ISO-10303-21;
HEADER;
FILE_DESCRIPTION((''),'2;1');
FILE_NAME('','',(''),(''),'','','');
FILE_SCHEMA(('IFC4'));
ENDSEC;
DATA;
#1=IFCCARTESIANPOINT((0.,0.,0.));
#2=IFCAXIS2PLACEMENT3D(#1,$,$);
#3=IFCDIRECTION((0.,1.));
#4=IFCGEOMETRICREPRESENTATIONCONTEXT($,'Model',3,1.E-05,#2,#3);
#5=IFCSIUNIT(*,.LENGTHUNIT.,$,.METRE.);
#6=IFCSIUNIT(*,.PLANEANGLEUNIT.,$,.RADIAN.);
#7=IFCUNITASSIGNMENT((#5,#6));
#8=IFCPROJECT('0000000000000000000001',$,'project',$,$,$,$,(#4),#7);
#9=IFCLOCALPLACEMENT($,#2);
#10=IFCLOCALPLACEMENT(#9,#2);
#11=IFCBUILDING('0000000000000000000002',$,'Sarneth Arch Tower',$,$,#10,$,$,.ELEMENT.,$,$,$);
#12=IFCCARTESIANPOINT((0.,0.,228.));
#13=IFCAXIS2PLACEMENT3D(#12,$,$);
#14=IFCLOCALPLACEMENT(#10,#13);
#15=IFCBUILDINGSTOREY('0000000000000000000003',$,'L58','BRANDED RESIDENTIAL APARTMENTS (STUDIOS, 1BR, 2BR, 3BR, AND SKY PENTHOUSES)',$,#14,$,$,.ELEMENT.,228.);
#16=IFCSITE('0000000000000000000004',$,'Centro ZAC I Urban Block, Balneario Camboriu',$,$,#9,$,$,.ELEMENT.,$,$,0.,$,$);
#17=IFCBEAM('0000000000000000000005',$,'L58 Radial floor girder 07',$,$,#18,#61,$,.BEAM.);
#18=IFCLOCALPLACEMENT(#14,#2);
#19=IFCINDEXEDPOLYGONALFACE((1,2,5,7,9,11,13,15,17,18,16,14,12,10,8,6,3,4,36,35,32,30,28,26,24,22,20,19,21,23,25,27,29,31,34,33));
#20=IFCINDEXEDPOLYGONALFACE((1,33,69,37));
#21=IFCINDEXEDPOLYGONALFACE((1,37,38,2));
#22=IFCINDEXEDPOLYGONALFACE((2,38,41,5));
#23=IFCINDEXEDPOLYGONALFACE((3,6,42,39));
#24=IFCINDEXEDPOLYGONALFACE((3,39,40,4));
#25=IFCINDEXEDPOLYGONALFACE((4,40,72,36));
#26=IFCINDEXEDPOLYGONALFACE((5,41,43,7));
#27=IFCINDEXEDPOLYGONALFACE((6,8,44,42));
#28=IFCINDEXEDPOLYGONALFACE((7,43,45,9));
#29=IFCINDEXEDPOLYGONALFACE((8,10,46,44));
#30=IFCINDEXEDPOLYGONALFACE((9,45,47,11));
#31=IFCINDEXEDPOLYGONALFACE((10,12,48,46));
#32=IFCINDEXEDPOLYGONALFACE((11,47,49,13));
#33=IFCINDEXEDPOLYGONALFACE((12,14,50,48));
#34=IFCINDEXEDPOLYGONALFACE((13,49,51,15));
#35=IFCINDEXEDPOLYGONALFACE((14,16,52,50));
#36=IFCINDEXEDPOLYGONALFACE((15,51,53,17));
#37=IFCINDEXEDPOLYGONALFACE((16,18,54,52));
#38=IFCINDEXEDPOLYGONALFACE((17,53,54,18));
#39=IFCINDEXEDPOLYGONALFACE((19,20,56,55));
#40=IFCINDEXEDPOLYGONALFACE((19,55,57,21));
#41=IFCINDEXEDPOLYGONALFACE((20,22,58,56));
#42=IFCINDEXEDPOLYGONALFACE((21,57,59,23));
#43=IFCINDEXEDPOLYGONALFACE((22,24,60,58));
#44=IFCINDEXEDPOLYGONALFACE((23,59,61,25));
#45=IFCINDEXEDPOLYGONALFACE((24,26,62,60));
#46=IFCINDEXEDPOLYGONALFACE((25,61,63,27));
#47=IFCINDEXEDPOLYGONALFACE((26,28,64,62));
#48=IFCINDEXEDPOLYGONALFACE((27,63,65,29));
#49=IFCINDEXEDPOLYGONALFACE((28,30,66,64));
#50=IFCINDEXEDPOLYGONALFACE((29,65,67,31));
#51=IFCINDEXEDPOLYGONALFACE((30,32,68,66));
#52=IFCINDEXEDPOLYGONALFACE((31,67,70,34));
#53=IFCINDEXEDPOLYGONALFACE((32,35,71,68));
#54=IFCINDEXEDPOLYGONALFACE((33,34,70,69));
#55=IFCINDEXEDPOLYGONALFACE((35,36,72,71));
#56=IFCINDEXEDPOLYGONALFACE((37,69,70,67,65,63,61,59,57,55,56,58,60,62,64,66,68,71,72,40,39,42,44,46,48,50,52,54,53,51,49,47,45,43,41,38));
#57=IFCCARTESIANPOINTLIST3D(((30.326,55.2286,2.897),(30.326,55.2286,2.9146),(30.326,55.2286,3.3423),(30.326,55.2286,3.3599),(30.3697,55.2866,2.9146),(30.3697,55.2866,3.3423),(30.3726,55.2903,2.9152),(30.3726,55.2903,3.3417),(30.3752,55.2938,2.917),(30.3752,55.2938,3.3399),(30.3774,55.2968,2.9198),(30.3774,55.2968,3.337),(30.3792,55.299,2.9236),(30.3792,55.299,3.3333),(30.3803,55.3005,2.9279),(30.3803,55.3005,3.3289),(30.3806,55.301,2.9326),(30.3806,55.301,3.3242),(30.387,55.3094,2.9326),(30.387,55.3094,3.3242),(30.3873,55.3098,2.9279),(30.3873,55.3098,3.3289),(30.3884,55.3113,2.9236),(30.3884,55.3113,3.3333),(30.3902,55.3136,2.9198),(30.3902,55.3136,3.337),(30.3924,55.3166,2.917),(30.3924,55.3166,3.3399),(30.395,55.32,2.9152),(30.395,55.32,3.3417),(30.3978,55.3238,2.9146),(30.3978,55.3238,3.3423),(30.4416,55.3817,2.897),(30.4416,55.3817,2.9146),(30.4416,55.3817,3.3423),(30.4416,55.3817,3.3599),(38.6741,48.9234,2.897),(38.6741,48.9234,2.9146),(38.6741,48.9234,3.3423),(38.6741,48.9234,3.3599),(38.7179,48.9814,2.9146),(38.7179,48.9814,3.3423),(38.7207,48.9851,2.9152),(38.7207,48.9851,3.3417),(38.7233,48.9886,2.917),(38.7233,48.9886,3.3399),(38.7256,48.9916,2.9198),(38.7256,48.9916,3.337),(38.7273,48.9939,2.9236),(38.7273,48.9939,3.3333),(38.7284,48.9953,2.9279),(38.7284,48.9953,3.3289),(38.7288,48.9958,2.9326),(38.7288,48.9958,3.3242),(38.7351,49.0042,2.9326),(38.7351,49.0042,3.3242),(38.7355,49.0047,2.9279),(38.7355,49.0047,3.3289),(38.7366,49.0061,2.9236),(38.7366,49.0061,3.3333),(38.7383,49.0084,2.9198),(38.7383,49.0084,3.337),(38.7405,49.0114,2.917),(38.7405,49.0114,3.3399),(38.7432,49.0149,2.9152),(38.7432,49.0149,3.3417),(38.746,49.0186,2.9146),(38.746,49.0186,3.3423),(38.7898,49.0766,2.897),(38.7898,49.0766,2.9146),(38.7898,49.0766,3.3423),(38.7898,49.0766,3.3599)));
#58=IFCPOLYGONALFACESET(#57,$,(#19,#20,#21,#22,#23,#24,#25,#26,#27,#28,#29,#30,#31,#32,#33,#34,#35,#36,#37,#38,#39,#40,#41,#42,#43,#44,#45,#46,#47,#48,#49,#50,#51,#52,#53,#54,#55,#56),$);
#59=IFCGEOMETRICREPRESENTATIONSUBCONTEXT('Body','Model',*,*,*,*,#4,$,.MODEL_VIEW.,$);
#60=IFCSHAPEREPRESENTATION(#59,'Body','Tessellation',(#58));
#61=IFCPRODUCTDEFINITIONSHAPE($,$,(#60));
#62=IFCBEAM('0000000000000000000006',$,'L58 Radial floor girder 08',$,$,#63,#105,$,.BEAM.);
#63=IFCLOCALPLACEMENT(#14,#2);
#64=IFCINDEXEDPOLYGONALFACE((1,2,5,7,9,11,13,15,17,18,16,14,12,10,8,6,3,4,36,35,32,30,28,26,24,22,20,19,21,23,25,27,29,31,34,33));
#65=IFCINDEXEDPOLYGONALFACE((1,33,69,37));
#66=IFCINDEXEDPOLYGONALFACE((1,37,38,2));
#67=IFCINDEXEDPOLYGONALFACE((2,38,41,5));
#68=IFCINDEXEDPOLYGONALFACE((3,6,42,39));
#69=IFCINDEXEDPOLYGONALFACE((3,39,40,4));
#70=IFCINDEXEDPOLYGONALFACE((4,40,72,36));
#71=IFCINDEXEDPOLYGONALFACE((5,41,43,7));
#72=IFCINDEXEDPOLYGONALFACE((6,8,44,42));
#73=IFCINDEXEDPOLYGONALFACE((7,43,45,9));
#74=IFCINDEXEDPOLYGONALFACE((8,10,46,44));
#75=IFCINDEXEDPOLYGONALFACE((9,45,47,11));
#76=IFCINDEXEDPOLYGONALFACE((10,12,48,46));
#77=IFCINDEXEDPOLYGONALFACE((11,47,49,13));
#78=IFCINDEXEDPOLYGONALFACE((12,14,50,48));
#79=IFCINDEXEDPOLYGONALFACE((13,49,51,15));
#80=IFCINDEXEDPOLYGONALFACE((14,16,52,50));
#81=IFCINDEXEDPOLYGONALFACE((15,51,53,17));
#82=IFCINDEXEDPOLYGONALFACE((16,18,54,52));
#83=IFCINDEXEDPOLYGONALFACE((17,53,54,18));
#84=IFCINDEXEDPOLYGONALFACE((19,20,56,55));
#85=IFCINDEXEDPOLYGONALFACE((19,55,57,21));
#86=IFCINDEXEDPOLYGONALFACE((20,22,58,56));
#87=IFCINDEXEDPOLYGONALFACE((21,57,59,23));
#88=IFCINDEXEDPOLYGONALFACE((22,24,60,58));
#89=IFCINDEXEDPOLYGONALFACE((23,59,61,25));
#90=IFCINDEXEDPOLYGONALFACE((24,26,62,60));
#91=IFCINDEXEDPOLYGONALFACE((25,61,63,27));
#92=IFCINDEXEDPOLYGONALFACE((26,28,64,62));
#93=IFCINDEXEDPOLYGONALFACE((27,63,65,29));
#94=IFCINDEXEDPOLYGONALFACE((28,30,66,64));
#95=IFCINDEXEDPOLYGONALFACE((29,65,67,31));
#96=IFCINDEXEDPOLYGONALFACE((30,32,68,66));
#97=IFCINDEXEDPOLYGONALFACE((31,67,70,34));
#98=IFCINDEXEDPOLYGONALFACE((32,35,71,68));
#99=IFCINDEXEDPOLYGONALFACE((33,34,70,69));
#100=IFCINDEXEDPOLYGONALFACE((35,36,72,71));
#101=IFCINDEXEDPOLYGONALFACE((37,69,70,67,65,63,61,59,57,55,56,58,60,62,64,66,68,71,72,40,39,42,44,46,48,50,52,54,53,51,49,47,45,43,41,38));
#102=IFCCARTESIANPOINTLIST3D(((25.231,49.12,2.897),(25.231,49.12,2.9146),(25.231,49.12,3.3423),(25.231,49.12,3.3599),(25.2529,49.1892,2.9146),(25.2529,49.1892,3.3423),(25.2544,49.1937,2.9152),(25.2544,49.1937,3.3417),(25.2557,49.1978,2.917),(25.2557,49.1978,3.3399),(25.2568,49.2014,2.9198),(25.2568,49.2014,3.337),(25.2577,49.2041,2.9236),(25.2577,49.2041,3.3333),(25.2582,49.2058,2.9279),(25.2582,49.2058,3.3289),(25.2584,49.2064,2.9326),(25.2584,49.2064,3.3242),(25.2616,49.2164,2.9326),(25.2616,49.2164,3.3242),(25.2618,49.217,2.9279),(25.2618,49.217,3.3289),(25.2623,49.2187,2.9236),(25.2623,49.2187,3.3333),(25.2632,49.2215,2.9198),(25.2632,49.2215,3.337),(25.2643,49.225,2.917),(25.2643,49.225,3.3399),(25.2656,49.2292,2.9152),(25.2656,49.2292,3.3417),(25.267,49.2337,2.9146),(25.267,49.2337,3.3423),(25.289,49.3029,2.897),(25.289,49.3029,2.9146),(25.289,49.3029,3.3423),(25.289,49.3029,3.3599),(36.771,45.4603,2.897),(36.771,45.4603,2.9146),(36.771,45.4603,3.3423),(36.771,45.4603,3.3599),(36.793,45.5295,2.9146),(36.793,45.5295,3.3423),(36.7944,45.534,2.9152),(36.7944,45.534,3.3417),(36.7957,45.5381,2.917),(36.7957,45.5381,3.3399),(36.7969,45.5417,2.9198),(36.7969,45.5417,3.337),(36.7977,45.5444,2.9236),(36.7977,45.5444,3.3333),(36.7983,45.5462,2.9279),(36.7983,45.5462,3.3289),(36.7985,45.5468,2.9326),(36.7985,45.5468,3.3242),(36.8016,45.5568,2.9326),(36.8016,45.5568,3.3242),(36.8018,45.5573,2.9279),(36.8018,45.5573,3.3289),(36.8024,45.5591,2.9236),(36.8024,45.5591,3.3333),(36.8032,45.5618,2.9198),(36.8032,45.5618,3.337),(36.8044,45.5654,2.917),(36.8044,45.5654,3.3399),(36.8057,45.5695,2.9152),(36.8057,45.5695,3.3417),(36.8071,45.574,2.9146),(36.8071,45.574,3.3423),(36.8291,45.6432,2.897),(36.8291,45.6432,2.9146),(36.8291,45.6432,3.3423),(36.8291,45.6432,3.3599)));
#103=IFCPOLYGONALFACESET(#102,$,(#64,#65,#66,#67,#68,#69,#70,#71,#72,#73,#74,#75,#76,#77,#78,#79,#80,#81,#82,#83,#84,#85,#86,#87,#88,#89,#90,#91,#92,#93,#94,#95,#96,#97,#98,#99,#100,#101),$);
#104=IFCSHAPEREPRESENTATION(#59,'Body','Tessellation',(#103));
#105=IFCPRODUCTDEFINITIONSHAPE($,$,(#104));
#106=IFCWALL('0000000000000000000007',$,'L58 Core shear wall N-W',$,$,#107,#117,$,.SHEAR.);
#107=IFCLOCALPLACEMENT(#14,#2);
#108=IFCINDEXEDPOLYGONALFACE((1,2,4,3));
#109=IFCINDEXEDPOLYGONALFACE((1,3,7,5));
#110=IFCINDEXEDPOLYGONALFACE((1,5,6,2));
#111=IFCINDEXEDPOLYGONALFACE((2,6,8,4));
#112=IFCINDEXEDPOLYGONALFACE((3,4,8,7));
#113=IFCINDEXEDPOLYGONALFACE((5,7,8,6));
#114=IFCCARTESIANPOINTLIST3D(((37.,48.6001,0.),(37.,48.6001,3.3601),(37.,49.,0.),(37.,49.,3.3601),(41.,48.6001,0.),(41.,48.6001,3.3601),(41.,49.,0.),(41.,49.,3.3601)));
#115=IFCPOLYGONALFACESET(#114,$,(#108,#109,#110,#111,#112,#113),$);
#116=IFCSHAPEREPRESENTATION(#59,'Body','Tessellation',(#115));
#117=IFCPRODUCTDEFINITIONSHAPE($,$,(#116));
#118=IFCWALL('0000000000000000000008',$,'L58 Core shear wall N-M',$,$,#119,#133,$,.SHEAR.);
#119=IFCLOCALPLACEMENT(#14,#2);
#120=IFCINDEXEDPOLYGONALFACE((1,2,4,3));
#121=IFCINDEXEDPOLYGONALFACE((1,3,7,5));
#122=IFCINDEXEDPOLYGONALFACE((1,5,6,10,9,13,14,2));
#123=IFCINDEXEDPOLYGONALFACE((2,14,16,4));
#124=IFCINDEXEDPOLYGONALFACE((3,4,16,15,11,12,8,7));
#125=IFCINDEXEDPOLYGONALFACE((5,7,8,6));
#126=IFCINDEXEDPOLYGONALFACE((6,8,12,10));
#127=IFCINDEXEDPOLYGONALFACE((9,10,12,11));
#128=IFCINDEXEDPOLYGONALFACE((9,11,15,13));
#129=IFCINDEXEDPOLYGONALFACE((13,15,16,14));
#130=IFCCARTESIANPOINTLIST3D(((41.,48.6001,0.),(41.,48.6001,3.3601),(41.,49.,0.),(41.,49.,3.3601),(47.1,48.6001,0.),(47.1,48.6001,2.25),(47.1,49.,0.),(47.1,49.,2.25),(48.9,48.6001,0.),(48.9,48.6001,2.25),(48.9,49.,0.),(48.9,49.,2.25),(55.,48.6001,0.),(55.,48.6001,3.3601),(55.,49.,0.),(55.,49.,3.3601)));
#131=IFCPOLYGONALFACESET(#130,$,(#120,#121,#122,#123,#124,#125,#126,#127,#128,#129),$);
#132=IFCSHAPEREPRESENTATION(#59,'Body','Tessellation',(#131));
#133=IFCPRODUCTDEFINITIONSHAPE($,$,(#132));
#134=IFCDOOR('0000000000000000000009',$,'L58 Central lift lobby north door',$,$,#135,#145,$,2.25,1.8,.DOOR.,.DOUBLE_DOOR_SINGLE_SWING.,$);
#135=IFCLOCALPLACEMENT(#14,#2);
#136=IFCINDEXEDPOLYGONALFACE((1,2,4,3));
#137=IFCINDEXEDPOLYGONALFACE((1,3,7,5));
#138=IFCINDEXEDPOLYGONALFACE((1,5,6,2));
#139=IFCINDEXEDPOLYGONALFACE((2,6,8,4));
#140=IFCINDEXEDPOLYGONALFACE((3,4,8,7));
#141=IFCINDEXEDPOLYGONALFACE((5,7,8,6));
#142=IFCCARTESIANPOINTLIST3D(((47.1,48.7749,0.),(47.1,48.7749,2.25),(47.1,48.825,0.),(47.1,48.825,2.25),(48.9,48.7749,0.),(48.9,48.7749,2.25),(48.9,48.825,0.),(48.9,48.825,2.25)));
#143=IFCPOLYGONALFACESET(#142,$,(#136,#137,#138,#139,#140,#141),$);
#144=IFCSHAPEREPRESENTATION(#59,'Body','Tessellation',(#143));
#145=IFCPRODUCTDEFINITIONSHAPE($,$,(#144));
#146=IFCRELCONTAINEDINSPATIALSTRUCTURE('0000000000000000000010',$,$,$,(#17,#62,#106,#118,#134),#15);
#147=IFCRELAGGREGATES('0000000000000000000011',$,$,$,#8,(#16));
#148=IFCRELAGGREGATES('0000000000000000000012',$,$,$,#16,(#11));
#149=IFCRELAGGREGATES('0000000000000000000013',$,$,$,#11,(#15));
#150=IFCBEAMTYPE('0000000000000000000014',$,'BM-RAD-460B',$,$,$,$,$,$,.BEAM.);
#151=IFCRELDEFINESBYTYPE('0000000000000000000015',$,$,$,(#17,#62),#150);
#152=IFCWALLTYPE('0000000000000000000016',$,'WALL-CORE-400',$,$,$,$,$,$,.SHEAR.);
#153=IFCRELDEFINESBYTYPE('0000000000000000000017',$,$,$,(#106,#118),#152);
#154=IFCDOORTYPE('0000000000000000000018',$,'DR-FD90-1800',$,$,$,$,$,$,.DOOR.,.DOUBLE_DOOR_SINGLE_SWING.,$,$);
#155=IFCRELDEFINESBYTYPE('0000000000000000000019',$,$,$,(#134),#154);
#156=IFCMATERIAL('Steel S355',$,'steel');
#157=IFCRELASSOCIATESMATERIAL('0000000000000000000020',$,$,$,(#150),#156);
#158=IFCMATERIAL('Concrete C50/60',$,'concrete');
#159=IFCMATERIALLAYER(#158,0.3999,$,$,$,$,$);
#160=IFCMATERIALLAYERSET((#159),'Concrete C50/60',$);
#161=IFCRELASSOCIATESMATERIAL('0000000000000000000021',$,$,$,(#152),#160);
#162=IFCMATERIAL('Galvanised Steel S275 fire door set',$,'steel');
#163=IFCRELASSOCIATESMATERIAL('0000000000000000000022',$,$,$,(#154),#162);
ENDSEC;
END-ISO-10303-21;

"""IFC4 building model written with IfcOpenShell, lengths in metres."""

from ifc_helpers import new_model, si_unit, direction, frame, frame_2d, origin, origin_2d, place, context, subcontext, project, spatial, rectangle, i_section, extrude, material, layer, layer_set, material_profile, profile_set, type_object, element, fill, save


model = new_model("IFC4")

# Units and contexts
model_context = context("Model", 3, precision=1e-05, world=origin(), true_north=direction((0.0, 1.0)))
body_context = subcontext(model_context, "Body", "Model", "MODEL_VIEW")
ifc_project = project(units=[si_unit("LENGTHUNIT", "METRE"), si_unit("PLANEANGLEUNIT", "RADIAN")], contexts=[model_context])

# Site, building, storey
site_placement = place(None, origin())
site = spatial("IfcSite", under=ifc_project, at=site_placement, Name="Centro ZAC I Urban Block, Balneario Camboriu", CompositionType="ELEMENT", RefElevation=0.0)
building_placement = place(site_placement, origin())
building = spatial("IfcBuilding", under=site, at=building_placement, Name="Sarneth Arch Tower", CompositionType="ELEMENT")
storey_placement = place(building_placement, frame((0.0, 0.0, 228.0)))
storey = spatial("IfcBuildingStorey", under=building, at=storey_placement, Name="L58", Description="BRANDED RESIDENTIAL APARTMENTS (STUDIOS, 1BR, 2BR, 3BR, AND SKY PENTHOUSES)", CompositionType="ELEMENT", Elevation=228.0)

# Beams
ifc_material_1 = material(Name="Steel S355", Category="steel")
ifc_material_profile_1 = material_profile(ifc_material_1, i_section(OverallWidth=0.1919, OverallDepth=0.4629, WebThickness=0.0105, FlangeThickness=0.0176, FilletRadius=0.0181, at=origin_2d()), Name="W460x89")
ifc_profile_set_1 = profile_set([ifc_material_profile_1], Name="Steel S355")
beam_type_1 = type_object("IfcBeamType", Name="BM-RAD-460B", PredefinedType="BEAM", material=ifc_profile_set_1)
beam_1_placement = place(storey_placement, frame((38.7319, 49.0, 3.1284), z_axis=(-0.797974, 0.602692, 0.0), x_axis=(-0.602692, -0.797974, 0.0)))
element("IfcBeam", 1, at=beam_1_placement, inside=storey, type_object=beam_type_1, Name="L58 Radial floor girder 07", PredefinedType="BEAM", context=body_context, shape_type="SweptSolid", body=[
    extrude(i_section(OverallWidth=0.1919, OverallDepth=0.4629, WebThickness=0.0105, FlangeThickness=0.0176, FilletRadius=0.0181, at=origin_2d()), origin(), (0.0, 0.0, 1.0), 10.4617),
])
beam_2_placement = place(storey_placement, frame((36.8, 45.5518, 3.1284), z_axis=(-0.953216, 0.302291, 0.0), x_axis=(-0.302291, -0.953216, 0.0)))
element("IfcBeam", 2, at=beam_2_placement, inside=storey, type_object=beam_type_1, Name="L58 Radial floor girder 08", PredefinedType="BEAM", context=body_context, shape_type="SweptSolid", body=[
    extrude(i_section(OverallWidth=0.1919, OverallDepth=0.4629, WebThickness=0.0105, FlangeThickness=0.0176, FilletRadius=0.0181, at=origin_2d()), origin(), (0.0, 0.0, 1.0), 12.1064),
])

# Wall
ifc_material_2 = material(Name="Concrete C50/60", Category="concrete")
ifc_layer_1 = layer(ifc_material_2, 0.3999)
ifc_layer_set_1 = layer_set([ifc_layer_1], Name="Concrete C50/60")
wall_type_1 = type_object("IfcWallType", Name="WALL-CORE-400", PredefinedType="SHEAR", material=ifc_layer_set_1)
wall_1_placement = place(storey_placement, frame((37.0, 48.8, 0.0), z_axis=(0.0, 0.0, 1.0), x_axis=(1.0, 0.0, 0.0)))
element("IfcWall", 3, at=wall_1_placement, inside=storey, type_object=wall_type_1, Name="L58 Core shear wall N-W", PredefinedType="SHEAR", context=body_context, shape_type="SweptSolid", body=[
    extrude(rectangle(XDim=4.0, YDim=0.3999, at=frame_2d((2.0, 0.0))), origin(), (0.0, 0.0, 1.0), 3.3601),
])

# Wall, opening, door
wall_2_placement = place(storey_placement, frame((41.0, 48.8, 0.0), z_axis=(0.0, 0.0, 1.0), x_axis=(1.0, 0.0, 0.0)))
wall_2 = element("IfcWall", 4, at=wall_2_placement, inside=storey, type_object=wall_type_1, Name="L58 Core shear wall N-M", PredefinedType="SHEAR", context=body_context, shape_type="SweptSolid", body=[
    extrude(rectangle(XDim=14.0, YDim=0.3999, at=frame_2d((7.0, 0.0))), origin(), (0.0, 0.0, 1.0), 3.3601),
])
opening_1_placement = place(wall_2_placement, frame((6.1001, 0.0, 0.0)))
opening_1 = element("IfcOpeningElement", 5, at=opening_1_placement, cuts=wall_2, PredefinedType="OPENING", context=body_context, shape_type="SweptSolid", body=[
    extrude(rectangle(XDim=1.8, YDim=2.25, at=frame_2d((0.8999, 1.125))), frame((0.0, 0.21, 0.0), z_axis=(0.0, -1.0, 0.0), x_axis=(1.0, 0.0, 0.0)), (0.0, 0.0, 1.0), 0.4199),
])
ifc_material_3 = material(Name="Galvanised Steel S275 fire door set", Category="steel")
door_type_1 = type_object("IfcDoorType", Name="DR-FD90-1800", OperationType="DOUBLE_DOOR_SINGLE_SWING", PredefinedType="DOOR", material=ifc_material_3)
door_1_placement = place(opening_1_placement, origin())
door_1 = element("IfcDoor", 6, at=door_1_placement, inside=storey, type_object=door_type_1, Name="L58 Central lift lobby north door", OperationType="DOUBLE_DOOR_SINGLE_SWING", OverallHeight=2.25, OverallWidth=1.8, PredefinedType="DOOR", context=body_context, shape_type="SweptSolid", body=[
    extrude(rectangle(XDim=1.8, YDim=2.25, at=frame_2d((0.8999, 1.125))), frame((0.0, 0.0249, 0.0), z_axis=(0.0, -1.0, 0.0), x_axis=(1.0, 0.0, 0.0)), (0.0, 0.0, 1.0), 0.05),
])
fill(opening_1, door_1)

save(model, "model.ifc")
